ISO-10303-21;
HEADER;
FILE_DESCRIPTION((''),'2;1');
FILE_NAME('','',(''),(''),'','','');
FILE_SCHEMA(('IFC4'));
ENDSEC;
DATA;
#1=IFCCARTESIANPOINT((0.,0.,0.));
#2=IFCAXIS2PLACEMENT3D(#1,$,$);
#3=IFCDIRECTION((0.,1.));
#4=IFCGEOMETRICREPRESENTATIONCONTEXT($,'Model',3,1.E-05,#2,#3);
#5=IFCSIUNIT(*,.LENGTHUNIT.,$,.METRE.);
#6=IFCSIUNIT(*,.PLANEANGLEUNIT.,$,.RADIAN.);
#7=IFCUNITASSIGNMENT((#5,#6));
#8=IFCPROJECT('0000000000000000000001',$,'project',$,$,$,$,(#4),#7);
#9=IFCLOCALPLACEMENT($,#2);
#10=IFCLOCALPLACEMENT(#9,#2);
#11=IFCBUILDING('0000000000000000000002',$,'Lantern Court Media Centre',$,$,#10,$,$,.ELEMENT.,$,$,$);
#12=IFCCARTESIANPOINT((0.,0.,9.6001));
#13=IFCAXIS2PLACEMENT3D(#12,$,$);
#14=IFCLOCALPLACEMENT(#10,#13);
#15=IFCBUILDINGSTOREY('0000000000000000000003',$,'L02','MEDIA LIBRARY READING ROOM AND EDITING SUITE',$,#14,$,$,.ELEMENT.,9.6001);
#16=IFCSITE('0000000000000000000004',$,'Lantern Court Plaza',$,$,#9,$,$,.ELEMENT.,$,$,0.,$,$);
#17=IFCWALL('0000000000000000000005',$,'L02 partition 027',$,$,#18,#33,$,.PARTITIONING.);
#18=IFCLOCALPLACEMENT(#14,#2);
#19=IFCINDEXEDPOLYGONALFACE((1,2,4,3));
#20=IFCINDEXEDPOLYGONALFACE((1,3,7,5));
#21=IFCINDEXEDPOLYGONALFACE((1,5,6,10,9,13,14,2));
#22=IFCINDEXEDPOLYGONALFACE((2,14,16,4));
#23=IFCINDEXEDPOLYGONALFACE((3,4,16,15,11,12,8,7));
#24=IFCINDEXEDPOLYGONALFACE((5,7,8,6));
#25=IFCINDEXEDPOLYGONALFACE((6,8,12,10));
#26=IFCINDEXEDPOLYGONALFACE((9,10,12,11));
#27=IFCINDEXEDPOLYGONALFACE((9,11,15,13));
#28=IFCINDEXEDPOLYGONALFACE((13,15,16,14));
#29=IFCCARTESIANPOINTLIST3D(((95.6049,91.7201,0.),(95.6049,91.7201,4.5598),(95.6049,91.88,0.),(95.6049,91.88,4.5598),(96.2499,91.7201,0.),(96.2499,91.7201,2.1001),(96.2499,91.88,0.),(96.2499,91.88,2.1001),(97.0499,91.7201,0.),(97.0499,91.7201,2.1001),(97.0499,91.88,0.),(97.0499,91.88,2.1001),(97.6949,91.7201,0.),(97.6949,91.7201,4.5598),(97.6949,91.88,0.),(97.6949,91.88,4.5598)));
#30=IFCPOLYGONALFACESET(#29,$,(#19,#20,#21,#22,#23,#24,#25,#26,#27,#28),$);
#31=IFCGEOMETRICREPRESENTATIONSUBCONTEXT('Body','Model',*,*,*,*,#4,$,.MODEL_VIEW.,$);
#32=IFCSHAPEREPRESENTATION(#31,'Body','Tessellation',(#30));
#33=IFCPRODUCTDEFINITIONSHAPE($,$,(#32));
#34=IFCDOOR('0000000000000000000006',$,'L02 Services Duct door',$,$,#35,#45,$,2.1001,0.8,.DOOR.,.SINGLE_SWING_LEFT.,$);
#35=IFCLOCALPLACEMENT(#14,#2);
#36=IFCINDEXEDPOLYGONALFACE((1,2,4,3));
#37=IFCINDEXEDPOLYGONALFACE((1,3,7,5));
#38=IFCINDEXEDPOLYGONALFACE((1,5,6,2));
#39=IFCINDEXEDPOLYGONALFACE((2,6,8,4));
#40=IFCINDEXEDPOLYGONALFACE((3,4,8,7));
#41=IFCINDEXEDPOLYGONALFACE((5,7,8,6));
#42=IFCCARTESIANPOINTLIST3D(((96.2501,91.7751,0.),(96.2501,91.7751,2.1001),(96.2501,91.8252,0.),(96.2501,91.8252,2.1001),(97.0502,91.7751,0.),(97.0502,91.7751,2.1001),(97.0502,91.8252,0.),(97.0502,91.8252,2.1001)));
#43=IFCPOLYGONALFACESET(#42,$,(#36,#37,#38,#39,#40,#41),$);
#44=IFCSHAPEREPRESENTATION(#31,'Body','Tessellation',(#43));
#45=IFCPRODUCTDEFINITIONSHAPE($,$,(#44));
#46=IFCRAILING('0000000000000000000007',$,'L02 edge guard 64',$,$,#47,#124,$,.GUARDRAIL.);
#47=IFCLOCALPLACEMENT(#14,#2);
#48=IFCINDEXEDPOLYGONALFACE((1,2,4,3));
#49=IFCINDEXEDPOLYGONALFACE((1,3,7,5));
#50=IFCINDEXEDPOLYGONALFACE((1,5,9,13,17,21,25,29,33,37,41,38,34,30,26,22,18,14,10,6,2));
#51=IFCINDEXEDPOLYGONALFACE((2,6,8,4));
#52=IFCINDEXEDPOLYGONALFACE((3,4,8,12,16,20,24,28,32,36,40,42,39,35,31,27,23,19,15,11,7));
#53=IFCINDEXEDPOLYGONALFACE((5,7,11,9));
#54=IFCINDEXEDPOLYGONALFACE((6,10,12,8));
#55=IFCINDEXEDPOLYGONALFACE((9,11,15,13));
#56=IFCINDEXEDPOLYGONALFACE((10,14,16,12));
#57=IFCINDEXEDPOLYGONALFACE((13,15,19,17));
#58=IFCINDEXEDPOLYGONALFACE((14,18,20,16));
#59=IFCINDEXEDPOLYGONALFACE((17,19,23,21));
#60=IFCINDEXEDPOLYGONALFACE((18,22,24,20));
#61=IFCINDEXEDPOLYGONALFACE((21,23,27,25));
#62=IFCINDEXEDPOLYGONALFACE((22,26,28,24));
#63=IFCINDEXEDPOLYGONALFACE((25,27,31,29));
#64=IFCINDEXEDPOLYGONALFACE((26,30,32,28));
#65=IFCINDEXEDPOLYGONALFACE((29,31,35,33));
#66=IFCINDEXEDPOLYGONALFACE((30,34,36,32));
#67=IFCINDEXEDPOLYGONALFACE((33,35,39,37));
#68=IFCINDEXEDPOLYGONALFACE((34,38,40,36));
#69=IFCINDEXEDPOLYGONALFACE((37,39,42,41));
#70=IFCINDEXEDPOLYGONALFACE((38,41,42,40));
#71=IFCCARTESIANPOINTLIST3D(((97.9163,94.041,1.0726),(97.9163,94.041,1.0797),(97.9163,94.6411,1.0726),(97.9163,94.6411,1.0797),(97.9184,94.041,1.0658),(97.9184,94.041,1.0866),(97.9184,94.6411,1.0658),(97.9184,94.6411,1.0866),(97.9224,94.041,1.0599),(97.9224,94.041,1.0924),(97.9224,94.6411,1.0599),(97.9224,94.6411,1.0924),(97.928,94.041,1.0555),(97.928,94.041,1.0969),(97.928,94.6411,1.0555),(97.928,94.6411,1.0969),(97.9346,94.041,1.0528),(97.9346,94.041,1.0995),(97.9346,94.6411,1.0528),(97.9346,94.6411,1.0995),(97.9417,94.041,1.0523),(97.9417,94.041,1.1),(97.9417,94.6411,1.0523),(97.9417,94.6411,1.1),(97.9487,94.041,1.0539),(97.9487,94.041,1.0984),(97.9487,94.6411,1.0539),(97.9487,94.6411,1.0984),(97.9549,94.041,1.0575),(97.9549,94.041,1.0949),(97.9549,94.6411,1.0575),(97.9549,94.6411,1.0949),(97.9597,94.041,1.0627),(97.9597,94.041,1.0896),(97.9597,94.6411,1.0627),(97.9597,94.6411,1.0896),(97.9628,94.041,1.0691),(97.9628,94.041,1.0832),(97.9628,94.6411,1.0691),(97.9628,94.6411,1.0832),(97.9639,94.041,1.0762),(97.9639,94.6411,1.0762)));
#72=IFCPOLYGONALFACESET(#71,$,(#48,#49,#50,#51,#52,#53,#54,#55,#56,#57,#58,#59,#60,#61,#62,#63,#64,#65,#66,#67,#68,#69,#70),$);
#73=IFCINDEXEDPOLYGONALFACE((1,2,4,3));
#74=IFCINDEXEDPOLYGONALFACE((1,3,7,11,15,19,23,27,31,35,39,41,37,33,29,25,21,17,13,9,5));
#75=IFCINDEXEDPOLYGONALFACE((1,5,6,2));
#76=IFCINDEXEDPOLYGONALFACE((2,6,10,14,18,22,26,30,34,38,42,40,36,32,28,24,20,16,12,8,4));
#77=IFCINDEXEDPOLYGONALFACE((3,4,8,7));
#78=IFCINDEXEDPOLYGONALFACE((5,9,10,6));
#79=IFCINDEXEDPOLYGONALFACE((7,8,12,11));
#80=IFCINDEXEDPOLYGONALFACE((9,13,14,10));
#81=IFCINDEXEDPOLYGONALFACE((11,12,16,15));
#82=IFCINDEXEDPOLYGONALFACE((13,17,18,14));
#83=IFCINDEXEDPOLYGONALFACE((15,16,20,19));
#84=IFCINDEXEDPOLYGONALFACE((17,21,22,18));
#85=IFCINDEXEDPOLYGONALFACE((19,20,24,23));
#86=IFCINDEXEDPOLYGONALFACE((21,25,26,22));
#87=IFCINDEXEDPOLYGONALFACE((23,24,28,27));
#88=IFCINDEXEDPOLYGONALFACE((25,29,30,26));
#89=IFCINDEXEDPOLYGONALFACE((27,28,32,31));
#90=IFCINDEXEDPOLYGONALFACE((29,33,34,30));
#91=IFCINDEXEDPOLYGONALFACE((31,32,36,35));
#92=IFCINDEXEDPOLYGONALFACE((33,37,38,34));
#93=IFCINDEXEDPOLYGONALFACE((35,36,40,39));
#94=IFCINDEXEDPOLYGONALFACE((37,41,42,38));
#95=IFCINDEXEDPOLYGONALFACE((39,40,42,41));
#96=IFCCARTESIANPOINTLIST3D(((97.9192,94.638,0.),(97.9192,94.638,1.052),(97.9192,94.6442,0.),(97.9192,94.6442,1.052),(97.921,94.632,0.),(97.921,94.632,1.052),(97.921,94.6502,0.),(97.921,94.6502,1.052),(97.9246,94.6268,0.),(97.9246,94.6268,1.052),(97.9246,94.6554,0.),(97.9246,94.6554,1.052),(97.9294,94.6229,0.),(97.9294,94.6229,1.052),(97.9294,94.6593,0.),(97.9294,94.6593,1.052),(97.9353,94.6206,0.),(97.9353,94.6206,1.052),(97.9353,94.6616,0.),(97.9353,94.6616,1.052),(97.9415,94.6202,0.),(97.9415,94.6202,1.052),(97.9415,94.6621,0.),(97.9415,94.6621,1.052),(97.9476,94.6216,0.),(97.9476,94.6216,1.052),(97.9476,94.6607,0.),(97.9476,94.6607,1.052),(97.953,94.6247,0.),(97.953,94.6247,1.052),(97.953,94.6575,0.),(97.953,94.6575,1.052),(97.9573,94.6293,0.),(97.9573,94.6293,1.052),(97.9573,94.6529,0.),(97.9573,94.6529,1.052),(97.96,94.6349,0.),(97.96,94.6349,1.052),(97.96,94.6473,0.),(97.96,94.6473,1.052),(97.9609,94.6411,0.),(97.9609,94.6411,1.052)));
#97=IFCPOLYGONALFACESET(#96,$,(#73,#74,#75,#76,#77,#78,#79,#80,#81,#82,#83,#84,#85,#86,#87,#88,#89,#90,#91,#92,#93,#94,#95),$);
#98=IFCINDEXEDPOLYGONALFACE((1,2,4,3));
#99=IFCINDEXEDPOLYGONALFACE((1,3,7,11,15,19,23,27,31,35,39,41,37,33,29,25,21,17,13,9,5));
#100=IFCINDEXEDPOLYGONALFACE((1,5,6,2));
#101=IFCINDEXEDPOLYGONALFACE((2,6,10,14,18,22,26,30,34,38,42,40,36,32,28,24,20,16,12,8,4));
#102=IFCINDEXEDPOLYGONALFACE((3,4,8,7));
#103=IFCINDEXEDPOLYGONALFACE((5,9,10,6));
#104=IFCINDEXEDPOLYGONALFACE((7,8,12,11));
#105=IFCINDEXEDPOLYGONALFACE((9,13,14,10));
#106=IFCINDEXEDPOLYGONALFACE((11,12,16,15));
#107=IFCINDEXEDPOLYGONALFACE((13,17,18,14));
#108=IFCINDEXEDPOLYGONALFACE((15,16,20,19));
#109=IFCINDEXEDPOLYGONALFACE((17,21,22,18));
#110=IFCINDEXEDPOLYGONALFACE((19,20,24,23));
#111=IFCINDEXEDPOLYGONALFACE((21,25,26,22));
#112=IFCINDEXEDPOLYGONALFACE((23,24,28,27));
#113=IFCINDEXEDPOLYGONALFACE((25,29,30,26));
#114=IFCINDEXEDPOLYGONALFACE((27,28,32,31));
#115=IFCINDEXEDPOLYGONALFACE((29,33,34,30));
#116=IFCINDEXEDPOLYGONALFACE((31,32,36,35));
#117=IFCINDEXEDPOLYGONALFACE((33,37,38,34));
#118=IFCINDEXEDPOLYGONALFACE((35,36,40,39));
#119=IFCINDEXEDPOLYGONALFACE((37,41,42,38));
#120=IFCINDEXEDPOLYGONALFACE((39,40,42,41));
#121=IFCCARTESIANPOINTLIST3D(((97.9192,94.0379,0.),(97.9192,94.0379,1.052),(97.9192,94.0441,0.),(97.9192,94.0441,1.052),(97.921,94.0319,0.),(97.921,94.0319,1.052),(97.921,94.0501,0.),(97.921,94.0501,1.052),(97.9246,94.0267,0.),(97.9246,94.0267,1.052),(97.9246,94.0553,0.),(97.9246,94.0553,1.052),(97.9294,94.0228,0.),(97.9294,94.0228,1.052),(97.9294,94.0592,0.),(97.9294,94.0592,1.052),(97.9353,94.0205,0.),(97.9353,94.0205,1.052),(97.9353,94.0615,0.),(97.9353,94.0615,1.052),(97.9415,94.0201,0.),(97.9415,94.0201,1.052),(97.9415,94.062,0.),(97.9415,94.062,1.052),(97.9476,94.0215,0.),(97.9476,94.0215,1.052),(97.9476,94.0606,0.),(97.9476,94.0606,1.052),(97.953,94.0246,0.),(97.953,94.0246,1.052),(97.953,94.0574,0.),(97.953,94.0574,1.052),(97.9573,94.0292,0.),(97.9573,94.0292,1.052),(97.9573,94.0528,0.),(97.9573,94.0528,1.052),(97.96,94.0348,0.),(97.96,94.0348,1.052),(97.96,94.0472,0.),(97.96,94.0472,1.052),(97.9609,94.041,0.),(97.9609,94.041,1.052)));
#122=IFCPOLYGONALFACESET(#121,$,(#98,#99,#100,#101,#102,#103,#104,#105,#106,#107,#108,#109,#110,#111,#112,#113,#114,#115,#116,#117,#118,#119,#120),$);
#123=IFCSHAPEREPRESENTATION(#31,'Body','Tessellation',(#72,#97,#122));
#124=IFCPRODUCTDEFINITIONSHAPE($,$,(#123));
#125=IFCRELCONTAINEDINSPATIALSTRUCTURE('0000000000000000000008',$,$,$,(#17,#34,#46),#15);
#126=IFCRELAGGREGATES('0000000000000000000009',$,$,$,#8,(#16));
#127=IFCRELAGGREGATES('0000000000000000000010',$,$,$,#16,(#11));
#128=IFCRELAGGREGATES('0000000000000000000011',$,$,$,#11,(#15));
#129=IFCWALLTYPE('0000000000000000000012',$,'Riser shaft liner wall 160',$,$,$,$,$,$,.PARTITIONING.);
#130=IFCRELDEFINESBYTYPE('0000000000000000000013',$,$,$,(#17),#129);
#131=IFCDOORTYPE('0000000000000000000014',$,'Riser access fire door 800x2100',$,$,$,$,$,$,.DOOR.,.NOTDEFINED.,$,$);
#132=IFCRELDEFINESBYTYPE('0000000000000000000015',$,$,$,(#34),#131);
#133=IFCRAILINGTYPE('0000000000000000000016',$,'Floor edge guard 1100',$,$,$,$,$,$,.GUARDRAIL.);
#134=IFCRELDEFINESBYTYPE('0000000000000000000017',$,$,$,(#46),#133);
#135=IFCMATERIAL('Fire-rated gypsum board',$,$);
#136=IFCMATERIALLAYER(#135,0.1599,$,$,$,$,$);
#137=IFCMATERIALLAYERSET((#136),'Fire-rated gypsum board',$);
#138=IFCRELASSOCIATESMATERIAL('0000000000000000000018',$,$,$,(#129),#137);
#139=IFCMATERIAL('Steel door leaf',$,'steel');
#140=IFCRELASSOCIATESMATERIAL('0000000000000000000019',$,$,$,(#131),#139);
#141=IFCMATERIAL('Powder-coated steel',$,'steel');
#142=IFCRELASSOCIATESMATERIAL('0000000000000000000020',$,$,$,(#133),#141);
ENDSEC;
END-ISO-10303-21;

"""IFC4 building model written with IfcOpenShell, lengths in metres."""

from ifc_helpers import new_model, si_unit, direction, frame, frame_2d, origin, origin_2d, place, context, subcontext, project, spatial, rectangle, circle, extrude, material, layer, layer_set, type_object, element, fill, save


model = new_model("IFC4")

# Units and contexts
model_context = context("Model", 3, precision=1e-05, world=origin(), true_north=direction((0.0, 1.0)))
body_context = subcontext(model_context, "Body", "Model", "MODEL_VIEW")
ifc_project = project(units=[si_unit("LENGTHUNIT", "METRE"), si_unit("PLANEANGLEUNIT", "RADIAN")], contexts=[model_context])

# Site, building, storey
site_placement = place(None, origin())
site = spatial("IfcSite", under=ifc_project, at=site_placement, Name="Lantern Court Plaza", CompositionType="ELEMENT", RefElevation=0.0)
building_placement = place(site_placement, origin())
building = spatial("IfcBuilding", under=site, at=building_placement, Name="Lantern Court Media Centre", CompositionType="ELEMENT")
storey_placement = place(building_placement, frame((0.0, 0.0, 9.6001)))
storey = spatial("IfcBuildingStorey", under=building, at=storey_placement, Name="L02", Description="MEDIA LIBRARY READING ROOM AND EDITING SUITE", CompositionType="ELEMENT", Elevation=9.6001)

# Wall, opening, door
ifc_material_1 = material(Name="Fire-rated gypsum board")
ifc_layer_1 = layer(ifc_material_1, 0.1599)
ifc_layer_set_1 = layer_set([ifc_layer_1], Name="Fire-rated gypsum board")
wall_type_1 = type_object("IfcWallType", Name="Riser shaft liner wall 160", PredefinedType="PARTITIONING", material=ifc_layer_set_1)
wall_1_placement = place(storey_placement, frame((95.605, 91.8, 0.0), z_axis=(0.0, 0.0, 1.0), x_axis=(1.0, 0.0, 0.0)))
wall_1 = element("IfcWall", 1, at=wall_1_placement, inside=storey, type_object=wall_type_1, Name="L02 partition 027", PredefinedType="PARTITIONING", context=body_context, shape_type="SweptSolid", body=[
    extrude(rectangle(XDim=2.0901, YDim=0.1599, at=frame_2d((1.0449, 0.0))), origin(), (0.0, 0.0, 1.0), 4.5598),
])
opening_1_placement = place(wall_1_placement, frame((0.645, 0.0, 0.0)))
opening_1 = element("IfcOpeningElement", 2, at=opening_1_placement, cuts=wall_1, PredefinedType="OPENING", context=body_context, shape_type="SweptSolid", body=[
    extrude(rectangle(XDim=0.8, YDim=2.1001, at=frame_2d((0.3999, 1.05))), frame((0.0, 0.0898, 0.0), z_axis=(0.0, -1.0, 0.0), x_axis=(1.0, 0.0, 0.0)), (0.0, 0.0, 1.0), 0.1799),
])
ifc_material_2 = material(Name="Steel door leaf", Category="steel")
door_type = type_object("IfcDoorType", Name="Riser access fire door 800x2100", OperationType="NOTDEFINED", PredefinedType="DOOR", material=ifc_material_2)
door_placement = place(opening_1_placement, frame((0.8, 0.0, 0.0), z_axis=(0.0, 0.0, 1.0), x_axis=(-1.0, 0.0, 0.0)))
door = element("IfcDoor", 3, at=door_placement, inside=storey, type_object=door_type, Name="L02 Services Duct door", OperationType="SINGLE_SWING_LEFT", OverallHeight=2.1001, OverallWidth=0.8, PredefinedType="DOOR", context=body_context, shape_type="SweptSolid", body=[
    extrude(rectangle(XDim=0.8, YDim=2.1001, at=frame_2d((0.3999, 1.05))), frame((0.0, 0.0249, 0.0), z_axis=(0.0, -1.0, 0.0), x_axis=(1.0, 0.0, 0.0)), (0.0, 0.0, 1.0), 0.05),
])
fill(opening_1, door)

# Railing
ifc_material_3 = material(Name="Powder-coated steel", Category="steel")
railing_type = type_object("IfcRailingType", Name="Floor edge guard 1100", PredefinedType="GUARDRAIL", material=ifc_material_3)
railing_1_placement = place(storey_placement, frame((97.9399, 94.6411, 0.0)))
element("IfcRailing", 4, at=railing_1_placement, inside=storey, type_object=railing_type, Name="L02 edge guard 64", PredefinedType="GUARDRAIL", context=body_context, shape_type="SweptSolid", body=[
    extrude(circle(Radius=0.0239, at=origin_2d()), frame((0.0, 0.0, 1.0762), z_axis=(0.0, -1.0, 0.0), x_axis=(1.0, 0.0, 0.0)), (0.0, 0.0, 1.0), 0.6001),
    extrude(circle(Radius=0.021, at=origin_2d()), origin(), (0.0, 0.0, 1.0), 1.052),
    extrude(circle(Radius=0.021, at=origin_2d()), frame((0.0, -0.6001, 0.0)), (0.0, 0.0, 1.0), 1.052),
])

save(model, "model.ifc")
